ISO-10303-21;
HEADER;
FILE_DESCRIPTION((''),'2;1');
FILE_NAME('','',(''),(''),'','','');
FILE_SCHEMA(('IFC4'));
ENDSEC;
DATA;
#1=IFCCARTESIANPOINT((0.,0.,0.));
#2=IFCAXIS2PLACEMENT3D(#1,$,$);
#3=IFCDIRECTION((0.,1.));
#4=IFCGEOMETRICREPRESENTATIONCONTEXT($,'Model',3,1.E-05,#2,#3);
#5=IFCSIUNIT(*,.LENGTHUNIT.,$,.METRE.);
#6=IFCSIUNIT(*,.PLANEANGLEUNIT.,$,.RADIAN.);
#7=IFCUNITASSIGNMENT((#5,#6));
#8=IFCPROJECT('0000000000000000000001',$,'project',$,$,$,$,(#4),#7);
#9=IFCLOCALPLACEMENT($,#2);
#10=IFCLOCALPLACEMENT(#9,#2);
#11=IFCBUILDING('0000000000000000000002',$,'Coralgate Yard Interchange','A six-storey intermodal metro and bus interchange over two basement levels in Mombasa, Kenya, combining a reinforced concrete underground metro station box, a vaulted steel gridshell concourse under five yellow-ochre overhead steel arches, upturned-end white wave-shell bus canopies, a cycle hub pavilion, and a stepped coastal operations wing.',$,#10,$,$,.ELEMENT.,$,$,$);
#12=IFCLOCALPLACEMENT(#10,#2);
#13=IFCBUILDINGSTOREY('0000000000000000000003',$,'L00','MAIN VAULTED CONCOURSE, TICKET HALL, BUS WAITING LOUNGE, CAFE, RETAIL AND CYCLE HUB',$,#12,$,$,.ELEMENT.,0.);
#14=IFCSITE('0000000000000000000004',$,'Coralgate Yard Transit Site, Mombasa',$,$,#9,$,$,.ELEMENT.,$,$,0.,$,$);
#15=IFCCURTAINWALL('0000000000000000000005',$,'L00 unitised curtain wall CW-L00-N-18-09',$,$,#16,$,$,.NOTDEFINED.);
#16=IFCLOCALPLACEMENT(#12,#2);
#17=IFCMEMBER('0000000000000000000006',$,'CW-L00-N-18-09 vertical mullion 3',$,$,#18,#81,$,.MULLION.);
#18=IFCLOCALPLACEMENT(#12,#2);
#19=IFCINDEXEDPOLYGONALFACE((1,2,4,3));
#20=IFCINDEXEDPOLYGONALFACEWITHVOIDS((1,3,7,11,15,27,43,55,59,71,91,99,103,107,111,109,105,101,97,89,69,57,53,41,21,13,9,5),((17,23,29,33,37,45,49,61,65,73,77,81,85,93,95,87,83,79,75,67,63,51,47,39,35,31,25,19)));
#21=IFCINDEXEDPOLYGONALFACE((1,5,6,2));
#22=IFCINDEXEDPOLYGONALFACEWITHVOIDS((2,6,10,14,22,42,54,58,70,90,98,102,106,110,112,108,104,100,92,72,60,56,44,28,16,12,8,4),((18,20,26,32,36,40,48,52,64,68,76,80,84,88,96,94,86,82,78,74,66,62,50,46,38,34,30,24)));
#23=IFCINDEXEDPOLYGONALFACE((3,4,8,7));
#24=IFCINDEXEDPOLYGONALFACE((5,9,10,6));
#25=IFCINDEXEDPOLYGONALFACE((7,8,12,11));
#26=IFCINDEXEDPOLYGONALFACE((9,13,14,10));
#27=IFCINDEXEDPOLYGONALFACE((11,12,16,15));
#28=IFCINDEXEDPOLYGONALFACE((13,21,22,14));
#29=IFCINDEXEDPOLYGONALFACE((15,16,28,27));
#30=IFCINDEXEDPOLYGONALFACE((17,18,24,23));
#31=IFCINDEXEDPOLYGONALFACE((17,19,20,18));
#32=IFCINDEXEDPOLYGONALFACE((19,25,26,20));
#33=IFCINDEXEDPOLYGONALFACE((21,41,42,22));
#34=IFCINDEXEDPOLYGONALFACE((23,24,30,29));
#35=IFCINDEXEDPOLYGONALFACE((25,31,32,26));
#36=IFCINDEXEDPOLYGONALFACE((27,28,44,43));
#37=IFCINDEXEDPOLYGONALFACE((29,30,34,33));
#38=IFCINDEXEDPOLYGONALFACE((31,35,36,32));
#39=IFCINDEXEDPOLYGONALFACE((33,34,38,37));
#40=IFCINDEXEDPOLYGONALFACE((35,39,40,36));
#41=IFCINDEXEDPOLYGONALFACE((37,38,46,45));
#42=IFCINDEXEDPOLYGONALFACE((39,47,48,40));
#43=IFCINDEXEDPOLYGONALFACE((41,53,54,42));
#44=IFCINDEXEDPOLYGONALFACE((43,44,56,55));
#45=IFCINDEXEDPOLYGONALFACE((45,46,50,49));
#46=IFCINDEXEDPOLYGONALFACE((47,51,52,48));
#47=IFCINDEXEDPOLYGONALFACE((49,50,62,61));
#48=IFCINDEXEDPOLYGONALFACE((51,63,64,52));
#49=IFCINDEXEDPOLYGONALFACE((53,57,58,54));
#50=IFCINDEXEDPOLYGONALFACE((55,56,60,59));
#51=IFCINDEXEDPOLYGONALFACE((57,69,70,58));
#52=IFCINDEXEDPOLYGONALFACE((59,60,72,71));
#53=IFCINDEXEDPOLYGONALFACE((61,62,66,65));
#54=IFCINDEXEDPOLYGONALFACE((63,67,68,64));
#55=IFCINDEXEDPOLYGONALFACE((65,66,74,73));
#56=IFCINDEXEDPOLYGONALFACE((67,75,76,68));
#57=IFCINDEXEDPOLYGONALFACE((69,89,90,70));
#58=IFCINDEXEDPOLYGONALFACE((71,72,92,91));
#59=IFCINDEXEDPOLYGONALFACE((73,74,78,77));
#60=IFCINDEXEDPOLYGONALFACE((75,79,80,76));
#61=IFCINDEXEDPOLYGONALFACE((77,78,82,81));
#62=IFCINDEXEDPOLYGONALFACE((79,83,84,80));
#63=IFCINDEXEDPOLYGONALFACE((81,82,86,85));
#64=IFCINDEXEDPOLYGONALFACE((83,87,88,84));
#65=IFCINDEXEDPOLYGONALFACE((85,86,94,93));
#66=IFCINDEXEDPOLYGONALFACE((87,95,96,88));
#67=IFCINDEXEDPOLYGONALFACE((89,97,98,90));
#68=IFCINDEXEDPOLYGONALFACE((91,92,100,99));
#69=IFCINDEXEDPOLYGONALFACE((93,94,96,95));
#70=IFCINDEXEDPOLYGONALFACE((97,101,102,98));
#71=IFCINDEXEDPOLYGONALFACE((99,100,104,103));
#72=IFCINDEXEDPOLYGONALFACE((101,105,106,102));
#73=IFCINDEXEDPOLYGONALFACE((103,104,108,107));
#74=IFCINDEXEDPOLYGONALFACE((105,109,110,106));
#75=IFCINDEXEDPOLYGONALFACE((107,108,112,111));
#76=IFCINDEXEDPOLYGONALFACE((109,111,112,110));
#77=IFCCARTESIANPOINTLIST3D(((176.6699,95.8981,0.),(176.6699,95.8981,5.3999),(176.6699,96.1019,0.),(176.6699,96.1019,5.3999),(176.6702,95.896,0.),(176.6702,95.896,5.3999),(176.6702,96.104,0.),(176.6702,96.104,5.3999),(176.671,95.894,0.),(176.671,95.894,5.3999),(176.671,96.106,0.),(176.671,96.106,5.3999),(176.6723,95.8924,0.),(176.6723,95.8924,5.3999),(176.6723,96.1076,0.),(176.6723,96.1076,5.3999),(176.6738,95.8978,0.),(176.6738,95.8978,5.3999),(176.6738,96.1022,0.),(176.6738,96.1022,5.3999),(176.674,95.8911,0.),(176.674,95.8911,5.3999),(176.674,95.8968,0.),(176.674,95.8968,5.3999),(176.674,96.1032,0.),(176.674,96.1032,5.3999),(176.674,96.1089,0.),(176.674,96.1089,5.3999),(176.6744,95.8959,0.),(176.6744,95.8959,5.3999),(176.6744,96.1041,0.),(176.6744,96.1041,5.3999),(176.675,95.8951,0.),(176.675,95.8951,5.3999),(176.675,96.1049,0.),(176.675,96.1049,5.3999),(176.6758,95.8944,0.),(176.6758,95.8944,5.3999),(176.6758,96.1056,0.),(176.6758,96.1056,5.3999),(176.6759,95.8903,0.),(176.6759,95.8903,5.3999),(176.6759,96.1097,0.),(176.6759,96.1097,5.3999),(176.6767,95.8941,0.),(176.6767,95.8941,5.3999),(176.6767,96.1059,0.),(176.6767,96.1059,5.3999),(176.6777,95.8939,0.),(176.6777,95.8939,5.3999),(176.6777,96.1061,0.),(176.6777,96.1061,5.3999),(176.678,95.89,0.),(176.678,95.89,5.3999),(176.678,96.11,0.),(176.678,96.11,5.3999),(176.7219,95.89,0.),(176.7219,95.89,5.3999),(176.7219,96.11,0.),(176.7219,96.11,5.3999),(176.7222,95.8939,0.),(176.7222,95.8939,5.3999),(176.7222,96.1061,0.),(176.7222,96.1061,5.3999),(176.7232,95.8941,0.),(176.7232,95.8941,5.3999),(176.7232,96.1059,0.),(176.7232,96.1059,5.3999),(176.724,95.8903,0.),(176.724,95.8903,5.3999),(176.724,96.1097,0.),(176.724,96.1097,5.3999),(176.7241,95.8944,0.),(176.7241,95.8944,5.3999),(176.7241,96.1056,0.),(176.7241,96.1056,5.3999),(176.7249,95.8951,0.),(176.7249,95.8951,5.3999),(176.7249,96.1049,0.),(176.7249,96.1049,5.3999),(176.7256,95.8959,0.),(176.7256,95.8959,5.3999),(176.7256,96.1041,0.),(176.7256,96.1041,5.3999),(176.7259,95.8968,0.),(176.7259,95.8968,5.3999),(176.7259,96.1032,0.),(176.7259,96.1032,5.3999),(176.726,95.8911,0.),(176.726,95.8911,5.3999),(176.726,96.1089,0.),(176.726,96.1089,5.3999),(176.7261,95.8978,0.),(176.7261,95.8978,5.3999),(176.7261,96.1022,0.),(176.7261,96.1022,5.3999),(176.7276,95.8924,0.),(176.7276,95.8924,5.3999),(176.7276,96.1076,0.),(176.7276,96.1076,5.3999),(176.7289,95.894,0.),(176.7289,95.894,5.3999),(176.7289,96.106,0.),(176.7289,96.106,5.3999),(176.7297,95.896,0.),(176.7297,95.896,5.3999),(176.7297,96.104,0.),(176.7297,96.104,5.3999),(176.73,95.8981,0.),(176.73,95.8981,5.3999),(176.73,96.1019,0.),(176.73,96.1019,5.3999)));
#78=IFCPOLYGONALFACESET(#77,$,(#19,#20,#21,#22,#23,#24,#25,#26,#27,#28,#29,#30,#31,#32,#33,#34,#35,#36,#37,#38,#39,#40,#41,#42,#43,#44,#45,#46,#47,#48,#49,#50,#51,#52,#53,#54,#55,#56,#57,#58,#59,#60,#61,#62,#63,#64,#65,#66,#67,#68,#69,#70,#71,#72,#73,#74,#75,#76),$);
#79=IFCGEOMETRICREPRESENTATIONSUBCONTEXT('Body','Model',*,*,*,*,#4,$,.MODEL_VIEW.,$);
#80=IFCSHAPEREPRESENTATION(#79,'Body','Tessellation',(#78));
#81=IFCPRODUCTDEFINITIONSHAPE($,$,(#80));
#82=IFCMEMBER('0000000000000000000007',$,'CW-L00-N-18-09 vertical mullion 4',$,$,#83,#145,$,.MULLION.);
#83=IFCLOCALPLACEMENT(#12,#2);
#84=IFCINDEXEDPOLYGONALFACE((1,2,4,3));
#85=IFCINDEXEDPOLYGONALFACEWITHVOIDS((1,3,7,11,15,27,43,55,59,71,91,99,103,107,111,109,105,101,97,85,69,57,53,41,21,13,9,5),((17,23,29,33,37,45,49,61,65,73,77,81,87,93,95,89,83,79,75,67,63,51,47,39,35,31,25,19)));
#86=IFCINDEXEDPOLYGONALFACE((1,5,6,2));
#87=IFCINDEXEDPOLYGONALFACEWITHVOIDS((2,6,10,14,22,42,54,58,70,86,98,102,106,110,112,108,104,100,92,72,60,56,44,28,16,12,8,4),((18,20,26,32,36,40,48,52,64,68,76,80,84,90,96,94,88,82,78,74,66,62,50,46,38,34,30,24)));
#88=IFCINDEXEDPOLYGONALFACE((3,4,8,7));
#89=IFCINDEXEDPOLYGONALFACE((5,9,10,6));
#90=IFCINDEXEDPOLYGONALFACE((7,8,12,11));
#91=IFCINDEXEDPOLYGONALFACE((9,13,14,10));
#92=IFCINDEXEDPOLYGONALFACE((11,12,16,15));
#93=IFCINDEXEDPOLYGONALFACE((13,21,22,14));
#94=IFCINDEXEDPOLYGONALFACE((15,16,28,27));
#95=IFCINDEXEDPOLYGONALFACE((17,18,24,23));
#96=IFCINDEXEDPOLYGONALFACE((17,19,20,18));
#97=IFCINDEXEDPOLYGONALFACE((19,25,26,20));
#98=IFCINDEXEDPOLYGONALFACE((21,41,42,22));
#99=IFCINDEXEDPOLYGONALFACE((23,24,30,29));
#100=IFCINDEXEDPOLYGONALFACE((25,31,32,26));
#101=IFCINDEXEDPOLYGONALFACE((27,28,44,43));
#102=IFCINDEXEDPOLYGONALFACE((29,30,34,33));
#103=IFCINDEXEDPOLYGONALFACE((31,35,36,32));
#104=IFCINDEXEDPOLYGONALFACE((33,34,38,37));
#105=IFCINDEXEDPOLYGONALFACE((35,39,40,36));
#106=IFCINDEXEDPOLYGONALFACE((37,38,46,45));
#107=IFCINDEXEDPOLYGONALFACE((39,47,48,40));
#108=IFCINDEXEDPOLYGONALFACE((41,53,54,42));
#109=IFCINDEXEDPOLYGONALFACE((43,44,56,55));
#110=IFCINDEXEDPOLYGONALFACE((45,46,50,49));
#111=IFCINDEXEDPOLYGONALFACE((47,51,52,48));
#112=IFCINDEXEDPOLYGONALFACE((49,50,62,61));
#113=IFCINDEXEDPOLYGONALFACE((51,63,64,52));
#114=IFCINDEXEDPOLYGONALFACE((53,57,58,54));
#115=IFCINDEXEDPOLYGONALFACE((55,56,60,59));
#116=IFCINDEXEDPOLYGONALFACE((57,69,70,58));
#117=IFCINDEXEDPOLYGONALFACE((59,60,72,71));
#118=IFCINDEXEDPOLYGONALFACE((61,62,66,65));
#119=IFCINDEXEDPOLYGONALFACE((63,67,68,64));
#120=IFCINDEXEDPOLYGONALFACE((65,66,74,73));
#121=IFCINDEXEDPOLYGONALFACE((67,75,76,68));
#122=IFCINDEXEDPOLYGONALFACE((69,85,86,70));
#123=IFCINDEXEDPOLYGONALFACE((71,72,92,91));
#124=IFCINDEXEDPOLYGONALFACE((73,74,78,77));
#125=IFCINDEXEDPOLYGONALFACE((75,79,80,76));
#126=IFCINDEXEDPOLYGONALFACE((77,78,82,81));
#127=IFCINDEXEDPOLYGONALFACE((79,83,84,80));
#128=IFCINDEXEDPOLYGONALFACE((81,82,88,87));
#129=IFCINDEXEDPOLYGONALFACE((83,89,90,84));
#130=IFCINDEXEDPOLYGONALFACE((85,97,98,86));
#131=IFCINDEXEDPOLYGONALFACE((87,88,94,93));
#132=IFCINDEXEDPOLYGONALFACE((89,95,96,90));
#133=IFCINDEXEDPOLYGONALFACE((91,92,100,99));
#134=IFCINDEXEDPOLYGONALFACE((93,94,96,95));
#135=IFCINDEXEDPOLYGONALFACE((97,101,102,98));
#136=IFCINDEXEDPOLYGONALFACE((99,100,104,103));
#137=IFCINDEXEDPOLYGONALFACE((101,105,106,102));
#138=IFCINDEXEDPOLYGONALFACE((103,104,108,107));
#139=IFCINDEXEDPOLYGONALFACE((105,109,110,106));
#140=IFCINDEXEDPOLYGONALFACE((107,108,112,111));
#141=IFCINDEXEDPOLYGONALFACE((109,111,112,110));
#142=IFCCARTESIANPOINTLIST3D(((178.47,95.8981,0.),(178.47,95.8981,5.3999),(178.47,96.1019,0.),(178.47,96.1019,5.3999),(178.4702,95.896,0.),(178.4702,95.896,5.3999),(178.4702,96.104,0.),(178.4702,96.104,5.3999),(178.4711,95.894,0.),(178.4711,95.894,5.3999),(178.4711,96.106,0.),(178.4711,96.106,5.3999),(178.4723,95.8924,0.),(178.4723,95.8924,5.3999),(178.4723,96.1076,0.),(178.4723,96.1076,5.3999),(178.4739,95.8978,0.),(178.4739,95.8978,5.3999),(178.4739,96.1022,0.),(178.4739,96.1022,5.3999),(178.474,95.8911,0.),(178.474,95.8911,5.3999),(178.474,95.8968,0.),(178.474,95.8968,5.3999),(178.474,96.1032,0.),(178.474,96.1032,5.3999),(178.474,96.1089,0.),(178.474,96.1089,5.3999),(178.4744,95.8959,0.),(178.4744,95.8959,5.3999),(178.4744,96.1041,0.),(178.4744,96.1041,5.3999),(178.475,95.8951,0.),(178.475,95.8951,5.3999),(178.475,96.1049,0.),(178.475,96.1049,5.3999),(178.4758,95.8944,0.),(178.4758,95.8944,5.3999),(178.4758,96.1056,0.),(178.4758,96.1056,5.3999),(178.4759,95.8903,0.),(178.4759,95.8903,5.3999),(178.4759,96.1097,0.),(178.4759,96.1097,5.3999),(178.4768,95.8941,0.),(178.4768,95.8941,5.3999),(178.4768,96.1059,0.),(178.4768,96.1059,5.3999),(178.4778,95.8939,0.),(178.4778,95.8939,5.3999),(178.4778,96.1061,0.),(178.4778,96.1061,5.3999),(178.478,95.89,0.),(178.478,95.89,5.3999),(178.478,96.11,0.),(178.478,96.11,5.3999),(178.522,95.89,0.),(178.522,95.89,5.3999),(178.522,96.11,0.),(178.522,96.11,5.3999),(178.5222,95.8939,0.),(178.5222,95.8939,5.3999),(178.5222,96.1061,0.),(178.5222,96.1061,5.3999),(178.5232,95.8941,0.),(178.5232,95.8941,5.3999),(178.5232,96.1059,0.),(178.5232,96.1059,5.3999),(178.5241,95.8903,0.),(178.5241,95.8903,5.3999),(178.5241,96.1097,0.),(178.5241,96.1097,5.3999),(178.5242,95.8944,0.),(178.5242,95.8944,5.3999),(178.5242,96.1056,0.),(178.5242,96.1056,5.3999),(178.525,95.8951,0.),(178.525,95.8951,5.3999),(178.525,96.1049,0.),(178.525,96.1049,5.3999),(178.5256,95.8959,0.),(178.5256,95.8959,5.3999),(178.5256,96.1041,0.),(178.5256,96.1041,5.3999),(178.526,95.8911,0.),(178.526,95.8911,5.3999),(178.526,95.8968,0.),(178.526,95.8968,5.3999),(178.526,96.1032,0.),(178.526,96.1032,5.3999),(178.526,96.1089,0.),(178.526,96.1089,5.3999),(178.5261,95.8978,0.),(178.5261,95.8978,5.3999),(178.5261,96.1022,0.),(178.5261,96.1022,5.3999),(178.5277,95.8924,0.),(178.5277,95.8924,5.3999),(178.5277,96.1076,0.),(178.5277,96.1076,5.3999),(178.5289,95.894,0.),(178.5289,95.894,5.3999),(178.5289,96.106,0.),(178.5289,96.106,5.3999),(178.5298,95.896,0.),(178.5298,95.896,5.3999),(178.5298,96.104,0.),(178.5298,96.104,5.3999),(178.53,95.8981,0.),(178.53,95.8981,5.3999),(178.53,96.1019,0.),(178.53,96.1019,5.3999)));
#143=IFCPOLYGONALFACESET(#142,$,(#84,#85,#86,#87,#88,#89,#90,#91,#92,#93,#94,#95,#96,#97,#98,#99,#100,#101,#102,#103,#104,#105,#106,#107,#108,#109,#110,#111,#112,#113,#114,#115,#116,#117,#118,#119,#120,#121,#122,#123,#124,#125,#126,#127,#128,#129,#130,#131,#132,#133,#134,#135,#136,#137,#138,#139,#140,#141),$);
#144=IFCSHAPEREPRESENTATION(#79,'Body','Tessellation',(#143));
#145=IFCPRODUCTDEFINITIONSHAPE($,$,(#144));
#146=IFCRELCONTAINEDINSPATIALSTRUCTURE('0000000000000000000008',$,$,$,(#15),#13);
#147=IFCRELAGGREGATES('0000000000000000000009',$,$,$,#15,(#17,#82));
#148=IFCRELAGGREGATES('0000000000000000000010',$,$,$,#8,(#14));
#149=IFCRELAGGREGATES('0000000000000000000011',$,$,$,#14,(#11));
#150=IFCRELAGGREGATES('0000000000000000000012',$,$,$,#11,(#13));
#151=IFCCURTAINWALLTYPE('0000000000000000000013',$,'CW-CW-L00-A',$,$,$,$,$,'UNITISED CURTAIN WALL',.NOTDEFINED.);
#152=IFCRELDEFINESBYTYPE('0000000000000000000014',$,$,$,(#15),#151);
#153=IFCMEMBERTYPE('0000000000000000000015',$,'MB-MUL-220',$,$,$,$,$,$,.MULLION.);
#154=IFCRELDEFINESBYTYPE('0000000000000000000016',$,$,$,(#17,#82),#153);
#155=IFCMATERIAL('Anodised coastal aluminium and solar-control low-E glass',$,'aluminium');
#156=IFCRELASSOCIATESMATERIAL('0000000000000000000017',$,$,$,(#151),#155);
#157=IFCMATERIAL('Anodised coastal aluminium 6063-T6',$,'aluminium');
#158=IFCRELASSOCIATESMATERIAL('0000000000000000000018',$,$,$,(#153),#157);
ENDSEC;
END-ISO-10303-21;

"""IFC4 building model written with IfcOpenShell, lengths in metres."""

from ifc_helpers import new_model, si_unit, direction, frame, origin, origin_2d, place, context, subcontext, project, spatial, hollow_rectangle, extrude, material, material_profile, profile_set, type_object, element, aggregate, save


model = new_model("IFC4")

# Units and contexts
model_context = context("Model", 3, precision=1e-05, world=origin(), true_north=direction((0.0, 1.0)))
body_context = subcontext(model_context, "Body", "Model", "MODEL_VIEW")
ifc_project = project(units=[si_unit("LENGTHUNIT", "METRE"), si_unit("PLANEANGLEUNIT", "RADIAN")], contexts=[model_context])

# Site, building, storey
site_placement = place(None, origin())
site = spatial("IfcSite", under=ifc_project, at=site_placement, Name="Coralgate Yard Transit Site, Mombasa", CompositionType="ELEMENT", RefElevation=0.0)
building_placement = place(site_placement, origin())
building = spatial("IfcBuilding", under=site, at=building_placement, Name="Coralgate Yard Interchange", Description="A six-storey intermodal metro and bus interchange over two basement levels in Mombasa, Kenya, combining a reinforced concrete underground metro station box, a vaulted steel gridshell concourse under five yellow-ochre overhead steel arches, upturned-end white wave-shell bus canopies, a cycle hub pavilion, and a stepped coastal operations wing.", CompositionType="ELEMENT")
storey_placement = place(building_placement, origin())
storey = spatial("IfcBuildingStorey", under=building, at=storey_placement, Name="L00", Description="MAIN VAULTED CONCOURSE, TICKET HALL, BUS WAITING LOUNGE, CAFE, RETAIL AND CYCLE HUB", CompositionType="ELEMENT", Elevation=0.0)

# Curtain wall, members
ifc_material_1 = material(Name="Anodised coastal aluminium and solar-control low-E glass", Category="aluminium")
curtain_wall_type = type_object("IfcCurtainWallType", Name="CW-CW-L00-A", ElementType="UNITISED CURTAIN WALL", PredefinedType="NOTDEFINED", material=ifc_material_1)
curtain_wall_placement = place(storey_placement, origin())
curtain_wall = element("IfcCurtainWall", 1, at=curtain_wall_placement, inside=storey, type_object=curtain_wall_type, Name="L00 unitised curtain wall CW-L00-N-18-09", PredefinedType="NOTDEFINED")
ifc_material_2 = material(Name="Anodised coastal aluminium 6063-T6", Category="aluminium")
ifc_material_profile_1 = material_profile(ifc_material_2, hollow_rectangle(XDim=0.0601, YDim=0.22, WallThickness=0.0039, InnerFilletRadius=0.0039, OuterFilletRadius=0.0081, at=origin_2d()), Name="ALU 60x220x4")
ifc_profile_set_1 = profile_set([ifc_material_profile_1], Name="Anodised coastal aluminium 6063-T6")
member_type_1 = type_object("IfcMemberType", Name="MB-MUL-220", PredefinedType="MULLION", material=ifc_profile_set_1)
member_1_placement = place(storey_placement, frame((176.7, 96.0, 0.0), z_axis=(0.0, 0.0, 1.0), x_axis=(1.0, 0.0, 0.0)))
member_1 = element("IfcMember", 2, at=member_1_placement, type_object=member_type_1, Name="CW-L00-N-18-09 vertical mullion 3", PredefinedType="MULLION", context=body_context, shape_type="SweptSolid", body=[
    extrude(hollow_rectangle(XDim=0.0601, YDim=0.22, WallThickness=0.0039, InnerFilletRadius=0.0039, OuterFilletRadius=0.0081, at=origin_2d()), origin(), (0.0, 0.0, 1.0), 5.3999),
])
member_2_placement = place(storey_placement, frame((178.5, 96.0, 0.0), z_axis=(0.0, 0.0, 1.0), x_axis=(1.0, 0.0, 0.0)))
member_2 = element("IfcMember", 3, at=member_2_placement, type_object=member_type_1, Name="CW-L00-N-18-09 vertical mullion 4", PredefinedType="MULLION", context=body_context, shape_type="SweptSolid", body=[
    extrude(hollow_rectangle(XDim=0.0601, YDim=0.22, WallThickness=0.0039, InnerFilletRadius=0.0039, OuterFilletRadius=0.0081, at=origin_2d()), origin(), (0.0, 0.0, 1.0), 5.3999),
])
aggregate(curtain_wall, [member_1, member_2])

save(model, "model.ifc")
